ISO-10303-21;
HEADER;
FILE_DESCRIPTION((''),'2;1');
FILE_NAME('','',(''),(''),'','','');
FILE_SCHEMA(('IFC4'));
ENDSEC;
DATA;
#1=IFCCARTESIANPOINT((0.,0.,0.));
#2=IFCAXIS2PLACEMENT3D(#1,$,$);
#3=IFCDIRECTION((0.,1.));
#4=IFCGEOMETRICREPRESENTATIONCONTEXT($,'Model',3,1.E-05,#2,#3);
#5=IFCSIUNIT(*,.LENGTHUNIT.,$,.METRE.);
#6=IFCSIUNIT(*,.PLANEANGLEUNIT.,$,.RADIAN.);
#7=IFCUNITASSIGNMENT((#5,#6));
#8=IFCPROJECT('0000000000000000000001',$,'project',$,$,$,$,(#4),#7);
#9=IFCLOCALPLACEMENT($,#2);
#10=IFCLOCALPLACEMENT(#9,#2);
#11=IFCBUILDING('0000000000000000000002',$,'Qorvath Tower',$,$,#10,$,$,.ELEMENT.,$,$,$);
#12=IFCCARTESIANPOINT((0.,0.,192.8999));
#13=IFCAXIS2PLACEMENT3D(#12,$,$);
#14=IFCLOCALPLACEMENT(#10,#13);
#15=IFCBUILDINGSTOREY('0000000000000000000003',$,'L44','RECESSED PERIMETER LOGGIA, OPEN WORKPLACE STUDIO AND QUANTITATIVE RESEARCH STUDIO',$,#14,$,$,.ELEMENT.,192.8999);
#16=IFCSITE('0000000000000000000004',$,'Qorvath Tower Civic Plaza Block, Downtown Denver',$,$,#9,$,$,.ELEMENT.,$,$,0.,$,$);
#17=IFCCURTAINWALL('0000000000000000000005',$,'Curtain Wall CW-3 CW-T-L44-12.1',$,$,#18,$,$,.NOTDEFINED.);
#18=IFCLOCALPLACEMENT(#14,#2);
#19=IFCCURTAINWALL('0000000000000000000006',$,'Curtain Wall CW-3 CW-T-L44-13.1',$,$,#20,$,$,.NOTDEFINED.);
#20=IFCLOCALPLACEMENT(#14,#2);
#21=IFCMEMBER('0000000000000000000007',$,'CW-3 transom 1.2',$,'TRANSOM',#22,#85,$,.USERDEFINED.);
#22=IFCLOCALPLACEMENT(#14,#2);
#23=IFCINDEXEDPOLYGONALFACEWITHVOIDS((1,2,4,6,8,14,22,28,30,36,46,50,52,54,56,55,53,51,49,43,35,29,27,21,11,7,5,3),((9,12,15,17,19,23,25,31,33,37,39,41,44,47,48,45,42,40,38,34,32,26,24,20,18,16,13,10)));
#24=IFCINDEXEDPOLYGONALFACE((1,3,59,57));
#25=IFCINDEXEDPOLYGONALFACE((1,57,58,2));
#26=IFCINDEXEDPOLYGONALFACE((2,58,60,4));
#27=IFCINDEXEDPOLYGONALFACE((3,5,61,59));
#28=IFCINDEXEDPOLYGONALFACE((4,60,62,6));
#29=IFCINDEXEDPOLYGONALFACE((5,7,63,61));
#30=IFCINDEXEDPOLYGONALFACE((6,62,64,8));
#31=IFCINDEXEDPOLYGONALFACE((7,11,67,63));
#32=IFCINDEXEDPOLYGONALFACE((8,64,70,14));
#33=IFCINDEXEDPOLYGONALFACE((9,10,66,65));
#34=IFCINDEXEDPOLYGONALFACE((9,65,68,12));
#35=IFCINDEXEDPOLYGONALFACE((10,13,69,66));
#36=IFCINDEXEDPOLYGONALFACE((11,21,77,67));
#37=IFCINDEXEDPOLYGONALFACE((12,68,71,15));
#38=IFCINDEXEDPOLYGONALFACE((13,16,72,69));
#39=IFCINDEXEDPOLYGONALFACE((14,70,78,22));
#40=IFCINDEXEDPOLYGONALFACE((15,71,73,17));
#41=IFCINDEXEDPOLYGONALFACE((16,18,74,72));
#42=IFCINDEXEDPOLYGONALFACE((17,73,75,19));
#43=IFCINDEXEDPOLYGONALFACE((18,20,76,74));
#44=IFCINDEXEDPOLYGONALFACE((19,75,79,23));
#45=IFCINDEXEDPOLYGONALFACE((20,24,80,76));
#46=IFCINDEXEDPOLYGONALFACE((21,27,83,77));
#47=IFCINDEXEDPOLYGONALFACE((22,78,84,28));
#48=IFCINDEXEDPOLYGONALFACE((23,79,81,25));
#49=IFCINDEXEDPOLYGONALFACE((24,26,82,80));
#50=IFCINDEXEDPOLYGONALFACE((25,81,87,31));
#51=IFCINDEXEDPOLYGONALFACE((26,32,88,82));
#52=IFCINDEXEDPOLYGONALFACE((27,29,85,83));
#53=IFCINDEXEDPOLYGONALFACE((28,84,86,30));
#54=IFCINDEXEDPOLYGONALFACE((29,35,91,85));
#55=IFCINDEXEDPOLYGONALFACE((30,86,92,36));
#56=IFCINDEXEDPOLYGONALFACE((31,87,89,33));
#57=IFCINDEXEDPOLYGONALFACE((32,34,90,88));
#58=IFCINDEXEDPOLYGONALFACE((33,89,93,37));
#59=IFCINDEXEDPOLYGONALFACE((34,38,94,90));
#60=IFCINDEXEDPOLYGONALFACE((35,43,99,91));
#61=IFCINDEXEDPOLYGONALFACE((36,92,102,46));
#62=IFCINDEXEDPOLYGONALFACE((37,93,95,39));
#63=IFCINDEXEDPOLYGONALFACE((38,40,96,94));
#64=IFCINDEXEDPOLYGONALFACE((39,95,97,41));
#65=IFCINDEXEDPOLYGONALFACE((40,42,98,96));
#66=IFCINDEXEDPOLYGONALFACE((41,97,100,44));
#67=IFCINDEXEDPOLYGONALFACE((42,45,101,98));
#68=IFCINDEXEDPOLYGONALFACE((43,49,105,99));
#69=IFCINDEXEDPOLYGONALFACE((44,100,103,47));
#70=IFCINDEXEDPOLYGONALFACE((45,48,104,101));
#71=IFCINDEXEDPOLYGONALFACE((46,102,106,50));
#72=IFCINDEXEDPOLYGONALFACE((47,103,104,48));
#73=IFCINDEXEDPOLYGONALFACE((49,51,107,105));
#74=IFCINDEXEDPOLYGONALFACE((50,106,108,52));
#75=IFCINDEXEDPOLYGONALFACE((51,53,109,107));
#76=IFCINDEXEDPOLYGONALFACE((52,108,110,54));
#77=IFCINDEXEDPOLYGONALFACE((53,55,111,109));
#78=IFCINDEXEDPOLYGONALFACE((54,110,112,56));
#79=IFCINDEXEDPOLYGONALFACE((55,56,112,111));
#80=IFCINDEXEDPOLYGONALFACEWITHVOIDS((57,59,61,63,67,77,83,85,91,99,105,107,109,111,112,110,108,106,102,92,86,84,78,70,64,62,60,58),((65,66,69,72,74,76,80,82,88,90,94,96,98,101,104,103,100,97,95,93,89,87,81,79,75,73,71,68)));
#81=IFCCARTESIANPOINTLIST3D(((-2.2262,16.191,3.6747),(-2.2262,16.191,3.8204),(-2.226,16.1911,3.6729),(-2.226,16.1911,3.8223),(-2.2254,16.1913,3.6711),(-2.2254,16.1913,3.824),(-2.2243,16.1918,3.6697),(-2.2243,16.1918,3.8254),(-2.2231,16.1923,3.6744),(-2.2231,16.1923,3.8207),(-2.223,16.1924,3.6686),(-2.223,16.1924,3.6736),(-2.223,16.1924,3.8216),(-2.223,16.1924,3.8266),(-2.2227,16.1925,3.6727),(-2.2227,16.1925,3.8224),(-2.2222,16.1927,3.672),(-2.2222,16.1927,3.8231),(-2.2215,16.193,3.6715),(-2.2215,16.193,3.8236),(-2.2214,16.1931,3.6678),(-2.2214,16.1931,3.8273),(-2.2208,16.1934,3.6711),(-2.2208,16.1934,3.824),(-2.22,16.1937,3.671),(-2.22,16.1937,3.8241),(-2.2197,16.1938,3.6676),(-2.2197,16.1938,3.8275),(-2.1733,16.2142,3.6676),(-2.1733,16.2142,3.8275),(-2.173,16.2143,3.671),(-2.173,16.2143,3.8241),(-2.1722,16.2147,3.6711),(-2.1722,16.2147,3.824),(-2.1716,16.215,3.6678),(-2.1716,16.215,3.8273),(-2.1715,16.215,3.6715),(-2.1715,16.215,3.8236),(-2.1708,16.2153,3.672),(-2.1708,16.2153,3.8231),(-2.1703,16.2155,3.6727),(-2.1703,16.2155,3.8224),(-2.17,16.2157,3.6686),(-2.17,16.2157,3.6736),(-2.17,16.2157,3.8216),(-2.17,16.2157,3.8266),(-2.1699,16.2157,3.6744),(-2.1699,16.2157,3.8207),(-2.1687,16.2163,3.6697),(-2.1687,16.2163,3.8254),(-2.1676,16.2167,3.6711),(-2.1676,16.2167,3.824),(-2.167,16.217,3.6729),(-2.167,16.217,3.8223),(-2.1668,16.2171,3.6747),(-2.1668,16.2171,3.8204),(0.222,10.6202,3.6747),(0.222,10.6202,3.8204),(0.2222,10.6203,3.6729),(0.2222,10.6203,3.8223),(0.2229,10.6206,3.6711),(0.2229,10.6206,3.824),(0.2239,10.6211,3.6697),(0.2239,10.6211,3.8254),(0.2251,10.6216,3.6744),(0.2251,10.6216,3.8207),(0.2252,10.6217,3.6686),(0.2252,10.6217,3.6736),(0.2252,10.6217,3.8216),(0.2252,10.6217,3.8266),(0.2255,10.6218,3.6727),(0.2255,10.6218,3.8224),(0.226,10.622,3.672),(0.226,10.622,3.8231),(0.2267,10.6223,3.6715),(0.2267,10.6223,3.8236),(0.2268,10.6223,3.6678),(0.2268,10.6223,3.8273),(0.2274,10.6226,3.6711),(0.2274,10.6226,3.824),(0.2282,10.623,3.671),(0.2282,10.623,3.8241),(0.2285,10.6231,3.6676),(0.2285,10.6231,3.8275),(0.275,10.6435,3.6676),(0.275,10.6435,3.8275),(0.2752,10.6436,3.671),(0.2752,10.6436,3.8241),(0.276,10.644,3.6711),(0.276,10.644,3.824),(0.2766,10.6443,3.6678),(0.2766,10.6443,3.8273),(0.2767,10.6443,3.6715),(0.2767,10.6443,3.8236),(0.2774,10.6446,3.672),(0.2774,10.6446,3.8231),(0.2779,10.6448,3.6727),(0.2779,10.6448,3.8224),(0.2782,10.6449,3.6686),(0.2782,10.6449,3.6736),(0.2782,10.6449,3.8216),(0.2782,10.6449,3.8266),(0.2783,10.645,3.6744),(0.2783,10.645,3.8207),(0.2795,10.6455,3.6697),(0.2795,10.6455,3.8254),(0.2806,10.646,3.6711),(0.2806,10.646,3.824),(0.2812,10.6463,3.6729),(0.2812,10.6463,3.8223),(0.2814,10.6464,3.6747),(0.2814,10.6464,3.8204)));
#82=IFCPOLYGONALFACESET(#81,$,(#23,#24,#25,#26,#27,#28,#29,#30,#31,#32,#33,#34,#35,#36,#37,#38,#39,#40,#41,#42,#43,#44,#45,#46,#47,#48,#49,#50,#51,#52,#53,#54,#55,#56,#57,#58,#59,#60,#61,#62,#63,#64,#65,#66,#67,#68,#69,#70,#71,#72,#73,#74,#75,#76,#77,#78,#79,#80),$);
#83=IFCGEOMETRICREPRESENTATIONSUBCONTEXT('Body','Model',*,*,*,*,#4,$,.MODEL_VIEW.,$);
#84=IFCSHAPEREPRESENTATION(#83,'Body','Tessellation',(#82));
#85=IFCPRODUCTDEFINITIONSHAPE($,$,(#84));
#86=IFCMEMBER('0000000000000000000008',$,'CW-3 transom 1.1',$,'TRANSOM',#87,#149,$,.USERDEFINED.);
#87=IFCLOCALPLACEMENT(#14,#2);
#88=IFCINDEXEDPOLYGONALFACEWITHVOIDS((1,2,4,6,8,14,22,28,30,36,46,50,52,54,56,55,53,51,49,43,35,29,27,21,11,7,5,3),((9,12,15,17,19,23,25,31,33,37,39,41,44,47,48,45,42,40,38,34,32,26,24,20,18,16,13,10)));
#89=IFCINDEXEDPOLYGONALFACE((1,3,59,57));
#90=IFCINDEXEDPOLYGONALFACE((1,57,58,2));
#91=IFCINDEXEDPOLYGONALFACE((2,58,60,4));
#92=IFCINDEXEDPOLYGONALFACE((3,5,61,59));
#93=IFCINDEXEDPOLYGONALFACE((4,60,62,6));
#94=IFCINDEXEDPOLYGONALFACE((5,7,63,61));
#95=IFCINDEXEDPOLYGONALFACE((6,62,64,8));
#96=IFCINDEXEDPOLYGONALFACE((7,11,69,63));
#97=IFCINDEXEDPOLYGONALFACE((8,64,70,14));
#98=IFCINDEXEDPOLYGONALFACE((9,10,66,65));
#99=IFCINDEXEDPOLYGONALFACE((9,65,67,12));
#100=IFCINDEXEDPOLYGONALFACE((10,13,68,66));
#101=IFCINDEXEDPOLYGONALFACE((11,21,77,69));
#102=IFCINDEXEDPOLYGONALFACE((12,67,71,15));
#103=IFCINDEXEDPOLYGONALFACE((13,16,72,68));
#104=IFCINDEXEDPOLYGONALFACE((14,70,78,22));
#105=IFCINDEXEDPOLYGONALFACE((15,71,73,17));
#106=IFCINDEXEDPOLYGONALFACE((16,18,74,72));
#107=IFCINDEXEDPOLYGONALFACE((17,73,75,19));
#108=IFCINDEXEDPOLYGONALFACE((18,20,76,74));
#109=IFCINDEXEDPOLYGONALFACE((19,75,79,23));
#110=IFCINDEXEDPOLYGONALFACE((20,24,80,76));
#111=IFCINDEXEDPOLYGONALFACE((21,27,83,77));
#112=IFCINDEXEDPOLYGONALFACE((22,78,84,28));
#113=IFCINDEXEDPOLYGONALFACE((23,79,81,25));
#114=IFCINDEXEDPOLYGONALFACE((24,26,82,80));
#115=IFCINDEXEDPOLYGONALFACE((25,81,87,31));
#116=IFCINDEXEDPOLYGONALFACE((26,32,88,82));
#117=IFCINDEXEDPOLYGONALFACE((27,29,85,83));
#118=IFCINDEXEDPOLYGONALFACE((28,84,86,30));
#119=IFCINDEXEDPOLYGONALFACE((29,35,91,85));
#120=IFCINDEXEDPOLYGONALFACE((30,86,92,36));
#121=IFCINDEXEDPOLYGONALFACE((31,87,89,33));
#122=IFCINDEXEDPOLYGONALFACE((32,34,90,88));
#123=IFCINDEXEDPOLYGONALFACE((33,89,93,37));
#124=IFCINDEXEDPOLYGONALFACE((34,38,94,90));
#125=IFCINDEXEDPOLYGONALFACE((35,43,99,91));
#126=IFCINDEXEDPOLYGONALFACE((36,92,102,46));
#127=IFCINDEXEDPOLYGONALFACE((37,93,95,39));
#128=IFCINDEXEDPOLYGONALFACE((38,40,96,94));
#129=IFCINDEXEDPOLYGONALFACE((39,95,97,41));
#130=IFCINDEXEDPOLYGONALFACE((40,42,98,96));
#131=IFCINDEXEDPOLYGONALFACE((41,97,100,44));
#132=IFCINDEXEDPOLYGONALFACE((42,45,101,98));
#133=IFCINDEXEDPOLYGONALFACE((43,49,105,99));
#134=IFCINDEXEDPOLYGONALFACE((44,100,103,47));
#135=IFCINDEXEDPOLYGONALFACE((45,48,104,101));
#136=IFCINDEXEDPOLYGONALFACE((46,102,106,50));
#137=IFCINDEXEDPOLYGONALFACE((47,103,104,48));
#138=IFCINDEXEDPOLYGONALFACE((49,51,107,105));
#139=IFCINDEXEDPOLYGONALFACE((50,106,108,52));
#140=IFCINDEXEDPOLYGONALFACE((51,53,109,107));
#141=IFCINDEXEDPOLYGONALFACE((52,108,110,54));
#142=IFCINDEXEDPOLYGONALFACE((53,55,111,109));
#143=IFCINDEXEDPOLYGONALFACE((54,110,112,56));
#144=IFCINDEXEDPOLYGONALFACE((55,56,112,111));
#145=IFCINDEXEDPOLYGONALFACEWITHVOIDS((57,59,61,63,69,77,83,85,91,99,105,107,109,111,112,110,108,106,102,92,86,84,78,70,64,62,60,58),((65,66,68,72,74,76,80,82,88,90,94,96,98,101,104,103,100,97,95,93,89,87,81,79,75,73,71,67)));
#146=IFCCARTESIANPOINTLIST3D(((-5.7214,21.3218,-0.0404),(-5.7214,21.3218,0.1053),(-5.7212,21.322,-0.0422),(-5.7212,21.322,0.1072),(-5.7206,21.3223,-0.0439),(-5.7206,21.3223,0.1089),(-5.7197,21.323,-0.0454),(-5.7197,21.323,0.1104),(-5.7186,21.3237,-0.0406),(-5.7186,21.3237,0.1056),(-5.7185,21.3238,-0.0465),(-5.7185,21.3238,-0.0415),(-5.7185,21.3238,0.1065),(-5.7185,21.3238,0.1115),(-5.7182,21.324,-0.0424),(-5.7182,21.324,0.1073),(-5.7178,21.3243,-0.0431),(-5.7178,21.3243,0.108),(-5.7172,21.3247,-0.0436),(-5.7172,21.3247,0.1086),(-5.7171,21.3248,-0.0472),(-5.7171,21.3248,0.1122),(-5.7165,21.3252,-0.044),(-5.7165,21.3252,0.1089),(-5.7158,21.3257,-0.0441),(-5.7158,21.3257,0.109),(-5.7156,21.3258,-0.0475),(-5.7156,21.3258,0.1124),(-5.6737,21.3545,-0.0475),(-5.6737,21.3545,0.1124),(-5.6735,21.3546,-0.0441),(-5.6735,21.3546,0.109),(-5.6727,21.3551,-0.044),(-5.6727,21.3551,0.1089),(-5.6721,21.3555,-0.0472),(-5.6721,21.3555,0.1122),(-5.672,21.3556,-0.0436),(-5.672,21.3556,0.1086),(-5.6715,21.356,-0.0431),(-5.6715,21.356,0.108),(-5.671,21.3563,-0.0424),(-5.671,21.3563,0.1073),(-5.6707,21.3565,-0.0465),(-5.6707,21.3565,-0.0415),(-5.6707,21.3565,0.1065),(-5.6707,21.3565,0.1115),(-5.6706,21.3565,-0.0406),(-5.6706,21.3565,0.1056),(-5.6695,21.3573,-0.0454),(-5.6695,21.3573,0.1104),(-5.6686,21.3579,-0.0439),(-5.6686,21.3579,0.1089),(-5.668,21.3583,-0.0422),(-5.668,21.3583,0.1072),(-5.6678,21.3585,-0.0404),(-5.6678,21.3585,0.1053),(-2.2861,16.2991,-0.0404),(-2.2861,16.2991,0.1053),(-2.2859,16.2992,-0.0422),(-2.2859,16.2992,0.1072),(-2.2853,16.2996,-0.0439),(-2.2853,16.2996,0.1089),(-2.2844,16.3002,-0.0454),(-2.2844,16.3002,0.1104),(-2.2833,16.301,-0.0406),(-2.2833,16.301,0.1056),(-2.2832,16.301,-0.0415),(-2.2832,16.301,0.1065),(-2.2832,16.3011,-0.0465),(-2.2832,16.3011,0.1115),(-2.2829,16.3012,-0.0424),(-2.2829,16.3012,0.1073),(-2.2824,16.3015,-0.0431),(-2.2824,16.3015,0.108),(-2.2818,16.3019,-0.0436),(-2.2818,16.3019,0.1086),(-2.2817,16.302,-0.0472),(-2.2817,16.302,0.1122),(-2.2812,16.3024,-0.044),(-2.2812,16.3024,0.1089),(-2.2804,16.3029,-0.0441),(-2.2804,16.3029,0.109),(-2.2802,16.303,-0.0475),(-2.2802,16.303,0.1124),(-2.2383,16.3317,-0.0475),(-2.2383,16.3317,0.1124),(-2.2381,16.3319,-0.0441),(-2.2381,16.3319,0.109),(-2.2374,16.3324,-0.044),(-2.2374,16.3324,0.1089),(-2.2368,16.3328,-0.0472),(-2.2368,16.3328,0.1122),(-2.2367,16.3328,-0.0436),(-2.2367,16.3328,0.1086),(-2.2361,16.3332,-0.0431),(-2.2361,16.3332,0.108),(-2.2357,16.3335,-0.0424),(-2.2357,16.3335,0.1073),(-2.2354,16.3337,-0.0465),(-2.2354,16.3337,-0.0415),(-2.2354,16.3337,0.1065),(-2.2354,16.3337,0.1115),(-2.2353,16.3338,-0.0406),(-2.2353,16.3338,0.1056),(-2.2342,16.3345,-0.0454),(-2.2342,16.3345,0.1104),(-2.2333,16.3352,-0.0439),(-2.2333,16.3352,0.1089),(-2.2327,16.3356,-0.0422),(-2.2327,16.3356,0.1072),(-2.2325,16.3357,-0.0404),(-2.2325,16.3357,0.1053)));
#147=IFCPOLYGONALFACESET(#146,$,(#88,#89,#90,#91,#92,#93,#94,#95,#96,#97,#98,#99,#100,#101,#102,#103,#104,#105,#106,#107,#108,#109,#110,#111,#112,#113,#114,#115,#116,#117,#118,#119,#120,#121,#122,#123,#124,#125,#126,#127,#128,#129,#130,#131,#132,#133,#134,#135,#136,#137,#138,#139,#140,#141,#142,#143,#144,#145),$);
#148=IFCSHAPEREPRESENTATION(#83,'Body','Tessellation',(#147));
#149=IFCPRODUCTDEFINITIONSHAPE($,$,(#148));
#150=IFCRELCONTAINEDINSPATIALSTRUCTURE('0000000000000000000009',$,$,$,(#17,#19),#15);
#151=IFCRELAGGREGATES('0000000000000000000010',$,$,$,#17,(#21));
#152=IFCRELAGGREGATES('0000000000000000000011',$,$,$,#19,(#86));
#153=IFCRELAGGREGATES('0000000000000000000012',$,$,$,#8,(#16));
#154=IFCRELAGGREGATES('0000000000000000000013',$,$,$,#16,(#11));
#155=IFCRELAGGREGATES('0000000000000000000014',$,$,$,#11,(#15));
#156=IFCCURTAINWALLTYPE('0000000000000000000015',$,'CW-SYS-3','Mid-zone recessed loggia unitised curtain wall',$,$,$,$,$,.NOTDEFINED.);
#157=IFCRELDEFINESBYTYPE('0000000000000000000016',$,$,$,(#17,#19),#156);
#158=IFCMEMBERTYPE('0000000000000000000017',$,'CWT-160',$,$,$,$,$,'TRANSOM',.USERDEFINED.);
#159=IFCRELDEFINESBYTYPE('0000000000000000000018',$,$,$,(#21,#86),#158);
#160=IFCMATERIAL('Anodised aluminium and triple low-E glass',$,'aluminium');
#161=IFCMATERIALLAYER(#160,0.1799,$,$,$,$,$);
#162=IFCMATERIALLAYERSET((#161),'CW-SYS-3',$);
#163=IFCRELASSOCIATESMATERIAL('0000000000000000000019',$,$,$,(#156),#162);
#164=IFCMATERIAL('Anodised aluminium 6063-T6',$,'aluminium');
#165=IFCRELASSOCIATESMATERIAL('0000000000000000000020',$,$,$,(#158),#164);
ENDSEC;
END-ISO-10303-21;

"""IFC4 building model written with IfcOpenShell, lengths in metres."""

from ifc_helpers import new_model, si_unit, direction, frame, origin, origin_2d, place, context, subcontext, project, spatial, hollow_rectangle, extrude, material, layer, layer_set, material_profile, profile_set, type_object, element, aggregate, save


model = new_model("IFC4")

# Units and contexts
model_context = context("Model", 3, precision=1e-05, world=origin(), true_north=direction((0.0, 1.0)))
body_context = subcontext(model_context, "Body", "Model", "MODEL_VIEW")
ifc_project = project(units=[si_unit("LENGTHUNIT", "METRE"), si_unit("PLANEANGLEUNIT", "RADIAN")], contexts=[model_context])

# Site, building, storey
site_placement = place(None, origin())
site = spatial("IfcSite", under=ifc_project, at=site_placement, Name="Qorvath Tower Civic Plaza Block, Downtown Denver", CompositionType="ELEMENT", RefElevation=0.0)
building_placement = place(site_placement, origin())
building = spatial("IfcBuilding", under=site, at=building_placement, Name="Qorvath Tower", CompositionType="ELEMENT")
storey_placement = place(building_placement, frame((0.0, 0.0, 192.8999)))
storey = spatial("IfcBuildingStorey", under=building, at=storey_placement, Name="L44", Description="RECESSED PERIMETER LOGGIA, OPEN WORKPLACE STUDIO AND QUANTITATIVE RESEARCH STUDIO", CompositionType="ELEMENT", Elevation=192.8999)

# Shared definitions
ifc_material_1 = material(Name="Anodised aluminium and triple low-E glass", Category="aluminium")
ifc_layer_1 = layer(ifc_material_1, 0.1799)
ifc_layer_set_1 = layer_set([ifc_layer_1], Name="CW-SYS-3")
curtain_wall_type = type_object("IfcCurtainWallType", Name="CW-SYS-3", Description="Mid-zone recessed loggia unitised curtain wall", PredefinedType="NOTDEFINED", material=ifc_layer_set_1)

# Curtain walls
curtain_wall_1_placement = place(storey_placement, origin())
curtain_wall_1 = element("IfcCurtainWall", 1, at=curtain_wall_1_placement, inside=storey, type_object=curtain_wall_type, Name="Curtain Wall CW-3 CW-T-L44-12.1", PredefinedType="NOTDEFINED")
curtain_wall_2_placement = place(storey_placement, origin())
curtain_wall_2 = element("IfcCurtainWall", 2, at=curtain_wall_2_placement, inside=storey, type_object=curtain_wall_type, Name="Curtain Wall CW-3 CW-T-L44-13.1", PredefinedType="NOTDEFINED")

# Members
ifc_material_2 = material(Name="Anodised aluminium 6063-T6", Category="aluminium")
ifc_material_profile_1 = material_profile(ifc_material_2, hollow_rectangle(XDim=0.0649, YDim=0.1599, WallThickness=0.0034, InnerFilletRadius=0.0034, OuterFilletRadius=0.0071, at=origin_2d()), Name="CWT 160x65")
ifc_profile_set_1 = profile_set([ifc_material_profile_1], Name="Anodised aluminium 6063-T6")
member_type_1 = type_object("IfcMemberType", Name="CWT-160", ElementType="TRANSOM", PredefinedType="USERDEFINED", material=ifc_profile_set_1)
member_1_placement = place(storey_placement, frame((0.2517, 10.6333, 3.7476), z_axis=(-0.402338, 0.915491, 0.0), x_axis=(-0.915491, -0.402338, 0.0)))
member_1 = element("IfcMember", 3, at=member_1_placement, type_object=member_type_1, Name="CW-3 transom 1.2", ObjectType="TRANSOM", PredefinedType="USERDEFINED", context=body_context, shape_type="SweptSolid", body=[
    extrude(hollow_rectangle(XDim=0.0649, YDim=0.1599, WallThickness=0.0034, InnerFilletRadius=0.0034, OuterFilletRadius=0.0071, at=origin_2d()), origin(), (0.0, 0.0, 1.0), 6.085),
])
member_2_placement = place(storey_placement, frame((-2.2593, 16.3174, 0.0325), z_axis=(-0.56454, 0.825406, 0.0), x_axis=(-0.825406, -0.56454, 0.0)))
member_2 = element("IfcMember", 4, at=member_2_placement, type_object=member_type_1, Name="CW-3 transom 1.1", ObjectType="TRANSOM", PredefinedType="USERDEFINED", context=body_context, shape_type="SweptSolid", body=[
    extrude(hollow_rectangle(XDim=0.0649, YDim=0.1599, WallThickness=0.0034, InnerFilletRadius=0.0034, OuterFilletRadius=0.0071, at=origin_2d()), origin(), (0.0, 0.0, 1.0), 6.0852),
])

aggregate(curtain_wall_1, [member_1])
aggregate(curtain_wall_2, [member_2])

save(model, "model.ifc")
